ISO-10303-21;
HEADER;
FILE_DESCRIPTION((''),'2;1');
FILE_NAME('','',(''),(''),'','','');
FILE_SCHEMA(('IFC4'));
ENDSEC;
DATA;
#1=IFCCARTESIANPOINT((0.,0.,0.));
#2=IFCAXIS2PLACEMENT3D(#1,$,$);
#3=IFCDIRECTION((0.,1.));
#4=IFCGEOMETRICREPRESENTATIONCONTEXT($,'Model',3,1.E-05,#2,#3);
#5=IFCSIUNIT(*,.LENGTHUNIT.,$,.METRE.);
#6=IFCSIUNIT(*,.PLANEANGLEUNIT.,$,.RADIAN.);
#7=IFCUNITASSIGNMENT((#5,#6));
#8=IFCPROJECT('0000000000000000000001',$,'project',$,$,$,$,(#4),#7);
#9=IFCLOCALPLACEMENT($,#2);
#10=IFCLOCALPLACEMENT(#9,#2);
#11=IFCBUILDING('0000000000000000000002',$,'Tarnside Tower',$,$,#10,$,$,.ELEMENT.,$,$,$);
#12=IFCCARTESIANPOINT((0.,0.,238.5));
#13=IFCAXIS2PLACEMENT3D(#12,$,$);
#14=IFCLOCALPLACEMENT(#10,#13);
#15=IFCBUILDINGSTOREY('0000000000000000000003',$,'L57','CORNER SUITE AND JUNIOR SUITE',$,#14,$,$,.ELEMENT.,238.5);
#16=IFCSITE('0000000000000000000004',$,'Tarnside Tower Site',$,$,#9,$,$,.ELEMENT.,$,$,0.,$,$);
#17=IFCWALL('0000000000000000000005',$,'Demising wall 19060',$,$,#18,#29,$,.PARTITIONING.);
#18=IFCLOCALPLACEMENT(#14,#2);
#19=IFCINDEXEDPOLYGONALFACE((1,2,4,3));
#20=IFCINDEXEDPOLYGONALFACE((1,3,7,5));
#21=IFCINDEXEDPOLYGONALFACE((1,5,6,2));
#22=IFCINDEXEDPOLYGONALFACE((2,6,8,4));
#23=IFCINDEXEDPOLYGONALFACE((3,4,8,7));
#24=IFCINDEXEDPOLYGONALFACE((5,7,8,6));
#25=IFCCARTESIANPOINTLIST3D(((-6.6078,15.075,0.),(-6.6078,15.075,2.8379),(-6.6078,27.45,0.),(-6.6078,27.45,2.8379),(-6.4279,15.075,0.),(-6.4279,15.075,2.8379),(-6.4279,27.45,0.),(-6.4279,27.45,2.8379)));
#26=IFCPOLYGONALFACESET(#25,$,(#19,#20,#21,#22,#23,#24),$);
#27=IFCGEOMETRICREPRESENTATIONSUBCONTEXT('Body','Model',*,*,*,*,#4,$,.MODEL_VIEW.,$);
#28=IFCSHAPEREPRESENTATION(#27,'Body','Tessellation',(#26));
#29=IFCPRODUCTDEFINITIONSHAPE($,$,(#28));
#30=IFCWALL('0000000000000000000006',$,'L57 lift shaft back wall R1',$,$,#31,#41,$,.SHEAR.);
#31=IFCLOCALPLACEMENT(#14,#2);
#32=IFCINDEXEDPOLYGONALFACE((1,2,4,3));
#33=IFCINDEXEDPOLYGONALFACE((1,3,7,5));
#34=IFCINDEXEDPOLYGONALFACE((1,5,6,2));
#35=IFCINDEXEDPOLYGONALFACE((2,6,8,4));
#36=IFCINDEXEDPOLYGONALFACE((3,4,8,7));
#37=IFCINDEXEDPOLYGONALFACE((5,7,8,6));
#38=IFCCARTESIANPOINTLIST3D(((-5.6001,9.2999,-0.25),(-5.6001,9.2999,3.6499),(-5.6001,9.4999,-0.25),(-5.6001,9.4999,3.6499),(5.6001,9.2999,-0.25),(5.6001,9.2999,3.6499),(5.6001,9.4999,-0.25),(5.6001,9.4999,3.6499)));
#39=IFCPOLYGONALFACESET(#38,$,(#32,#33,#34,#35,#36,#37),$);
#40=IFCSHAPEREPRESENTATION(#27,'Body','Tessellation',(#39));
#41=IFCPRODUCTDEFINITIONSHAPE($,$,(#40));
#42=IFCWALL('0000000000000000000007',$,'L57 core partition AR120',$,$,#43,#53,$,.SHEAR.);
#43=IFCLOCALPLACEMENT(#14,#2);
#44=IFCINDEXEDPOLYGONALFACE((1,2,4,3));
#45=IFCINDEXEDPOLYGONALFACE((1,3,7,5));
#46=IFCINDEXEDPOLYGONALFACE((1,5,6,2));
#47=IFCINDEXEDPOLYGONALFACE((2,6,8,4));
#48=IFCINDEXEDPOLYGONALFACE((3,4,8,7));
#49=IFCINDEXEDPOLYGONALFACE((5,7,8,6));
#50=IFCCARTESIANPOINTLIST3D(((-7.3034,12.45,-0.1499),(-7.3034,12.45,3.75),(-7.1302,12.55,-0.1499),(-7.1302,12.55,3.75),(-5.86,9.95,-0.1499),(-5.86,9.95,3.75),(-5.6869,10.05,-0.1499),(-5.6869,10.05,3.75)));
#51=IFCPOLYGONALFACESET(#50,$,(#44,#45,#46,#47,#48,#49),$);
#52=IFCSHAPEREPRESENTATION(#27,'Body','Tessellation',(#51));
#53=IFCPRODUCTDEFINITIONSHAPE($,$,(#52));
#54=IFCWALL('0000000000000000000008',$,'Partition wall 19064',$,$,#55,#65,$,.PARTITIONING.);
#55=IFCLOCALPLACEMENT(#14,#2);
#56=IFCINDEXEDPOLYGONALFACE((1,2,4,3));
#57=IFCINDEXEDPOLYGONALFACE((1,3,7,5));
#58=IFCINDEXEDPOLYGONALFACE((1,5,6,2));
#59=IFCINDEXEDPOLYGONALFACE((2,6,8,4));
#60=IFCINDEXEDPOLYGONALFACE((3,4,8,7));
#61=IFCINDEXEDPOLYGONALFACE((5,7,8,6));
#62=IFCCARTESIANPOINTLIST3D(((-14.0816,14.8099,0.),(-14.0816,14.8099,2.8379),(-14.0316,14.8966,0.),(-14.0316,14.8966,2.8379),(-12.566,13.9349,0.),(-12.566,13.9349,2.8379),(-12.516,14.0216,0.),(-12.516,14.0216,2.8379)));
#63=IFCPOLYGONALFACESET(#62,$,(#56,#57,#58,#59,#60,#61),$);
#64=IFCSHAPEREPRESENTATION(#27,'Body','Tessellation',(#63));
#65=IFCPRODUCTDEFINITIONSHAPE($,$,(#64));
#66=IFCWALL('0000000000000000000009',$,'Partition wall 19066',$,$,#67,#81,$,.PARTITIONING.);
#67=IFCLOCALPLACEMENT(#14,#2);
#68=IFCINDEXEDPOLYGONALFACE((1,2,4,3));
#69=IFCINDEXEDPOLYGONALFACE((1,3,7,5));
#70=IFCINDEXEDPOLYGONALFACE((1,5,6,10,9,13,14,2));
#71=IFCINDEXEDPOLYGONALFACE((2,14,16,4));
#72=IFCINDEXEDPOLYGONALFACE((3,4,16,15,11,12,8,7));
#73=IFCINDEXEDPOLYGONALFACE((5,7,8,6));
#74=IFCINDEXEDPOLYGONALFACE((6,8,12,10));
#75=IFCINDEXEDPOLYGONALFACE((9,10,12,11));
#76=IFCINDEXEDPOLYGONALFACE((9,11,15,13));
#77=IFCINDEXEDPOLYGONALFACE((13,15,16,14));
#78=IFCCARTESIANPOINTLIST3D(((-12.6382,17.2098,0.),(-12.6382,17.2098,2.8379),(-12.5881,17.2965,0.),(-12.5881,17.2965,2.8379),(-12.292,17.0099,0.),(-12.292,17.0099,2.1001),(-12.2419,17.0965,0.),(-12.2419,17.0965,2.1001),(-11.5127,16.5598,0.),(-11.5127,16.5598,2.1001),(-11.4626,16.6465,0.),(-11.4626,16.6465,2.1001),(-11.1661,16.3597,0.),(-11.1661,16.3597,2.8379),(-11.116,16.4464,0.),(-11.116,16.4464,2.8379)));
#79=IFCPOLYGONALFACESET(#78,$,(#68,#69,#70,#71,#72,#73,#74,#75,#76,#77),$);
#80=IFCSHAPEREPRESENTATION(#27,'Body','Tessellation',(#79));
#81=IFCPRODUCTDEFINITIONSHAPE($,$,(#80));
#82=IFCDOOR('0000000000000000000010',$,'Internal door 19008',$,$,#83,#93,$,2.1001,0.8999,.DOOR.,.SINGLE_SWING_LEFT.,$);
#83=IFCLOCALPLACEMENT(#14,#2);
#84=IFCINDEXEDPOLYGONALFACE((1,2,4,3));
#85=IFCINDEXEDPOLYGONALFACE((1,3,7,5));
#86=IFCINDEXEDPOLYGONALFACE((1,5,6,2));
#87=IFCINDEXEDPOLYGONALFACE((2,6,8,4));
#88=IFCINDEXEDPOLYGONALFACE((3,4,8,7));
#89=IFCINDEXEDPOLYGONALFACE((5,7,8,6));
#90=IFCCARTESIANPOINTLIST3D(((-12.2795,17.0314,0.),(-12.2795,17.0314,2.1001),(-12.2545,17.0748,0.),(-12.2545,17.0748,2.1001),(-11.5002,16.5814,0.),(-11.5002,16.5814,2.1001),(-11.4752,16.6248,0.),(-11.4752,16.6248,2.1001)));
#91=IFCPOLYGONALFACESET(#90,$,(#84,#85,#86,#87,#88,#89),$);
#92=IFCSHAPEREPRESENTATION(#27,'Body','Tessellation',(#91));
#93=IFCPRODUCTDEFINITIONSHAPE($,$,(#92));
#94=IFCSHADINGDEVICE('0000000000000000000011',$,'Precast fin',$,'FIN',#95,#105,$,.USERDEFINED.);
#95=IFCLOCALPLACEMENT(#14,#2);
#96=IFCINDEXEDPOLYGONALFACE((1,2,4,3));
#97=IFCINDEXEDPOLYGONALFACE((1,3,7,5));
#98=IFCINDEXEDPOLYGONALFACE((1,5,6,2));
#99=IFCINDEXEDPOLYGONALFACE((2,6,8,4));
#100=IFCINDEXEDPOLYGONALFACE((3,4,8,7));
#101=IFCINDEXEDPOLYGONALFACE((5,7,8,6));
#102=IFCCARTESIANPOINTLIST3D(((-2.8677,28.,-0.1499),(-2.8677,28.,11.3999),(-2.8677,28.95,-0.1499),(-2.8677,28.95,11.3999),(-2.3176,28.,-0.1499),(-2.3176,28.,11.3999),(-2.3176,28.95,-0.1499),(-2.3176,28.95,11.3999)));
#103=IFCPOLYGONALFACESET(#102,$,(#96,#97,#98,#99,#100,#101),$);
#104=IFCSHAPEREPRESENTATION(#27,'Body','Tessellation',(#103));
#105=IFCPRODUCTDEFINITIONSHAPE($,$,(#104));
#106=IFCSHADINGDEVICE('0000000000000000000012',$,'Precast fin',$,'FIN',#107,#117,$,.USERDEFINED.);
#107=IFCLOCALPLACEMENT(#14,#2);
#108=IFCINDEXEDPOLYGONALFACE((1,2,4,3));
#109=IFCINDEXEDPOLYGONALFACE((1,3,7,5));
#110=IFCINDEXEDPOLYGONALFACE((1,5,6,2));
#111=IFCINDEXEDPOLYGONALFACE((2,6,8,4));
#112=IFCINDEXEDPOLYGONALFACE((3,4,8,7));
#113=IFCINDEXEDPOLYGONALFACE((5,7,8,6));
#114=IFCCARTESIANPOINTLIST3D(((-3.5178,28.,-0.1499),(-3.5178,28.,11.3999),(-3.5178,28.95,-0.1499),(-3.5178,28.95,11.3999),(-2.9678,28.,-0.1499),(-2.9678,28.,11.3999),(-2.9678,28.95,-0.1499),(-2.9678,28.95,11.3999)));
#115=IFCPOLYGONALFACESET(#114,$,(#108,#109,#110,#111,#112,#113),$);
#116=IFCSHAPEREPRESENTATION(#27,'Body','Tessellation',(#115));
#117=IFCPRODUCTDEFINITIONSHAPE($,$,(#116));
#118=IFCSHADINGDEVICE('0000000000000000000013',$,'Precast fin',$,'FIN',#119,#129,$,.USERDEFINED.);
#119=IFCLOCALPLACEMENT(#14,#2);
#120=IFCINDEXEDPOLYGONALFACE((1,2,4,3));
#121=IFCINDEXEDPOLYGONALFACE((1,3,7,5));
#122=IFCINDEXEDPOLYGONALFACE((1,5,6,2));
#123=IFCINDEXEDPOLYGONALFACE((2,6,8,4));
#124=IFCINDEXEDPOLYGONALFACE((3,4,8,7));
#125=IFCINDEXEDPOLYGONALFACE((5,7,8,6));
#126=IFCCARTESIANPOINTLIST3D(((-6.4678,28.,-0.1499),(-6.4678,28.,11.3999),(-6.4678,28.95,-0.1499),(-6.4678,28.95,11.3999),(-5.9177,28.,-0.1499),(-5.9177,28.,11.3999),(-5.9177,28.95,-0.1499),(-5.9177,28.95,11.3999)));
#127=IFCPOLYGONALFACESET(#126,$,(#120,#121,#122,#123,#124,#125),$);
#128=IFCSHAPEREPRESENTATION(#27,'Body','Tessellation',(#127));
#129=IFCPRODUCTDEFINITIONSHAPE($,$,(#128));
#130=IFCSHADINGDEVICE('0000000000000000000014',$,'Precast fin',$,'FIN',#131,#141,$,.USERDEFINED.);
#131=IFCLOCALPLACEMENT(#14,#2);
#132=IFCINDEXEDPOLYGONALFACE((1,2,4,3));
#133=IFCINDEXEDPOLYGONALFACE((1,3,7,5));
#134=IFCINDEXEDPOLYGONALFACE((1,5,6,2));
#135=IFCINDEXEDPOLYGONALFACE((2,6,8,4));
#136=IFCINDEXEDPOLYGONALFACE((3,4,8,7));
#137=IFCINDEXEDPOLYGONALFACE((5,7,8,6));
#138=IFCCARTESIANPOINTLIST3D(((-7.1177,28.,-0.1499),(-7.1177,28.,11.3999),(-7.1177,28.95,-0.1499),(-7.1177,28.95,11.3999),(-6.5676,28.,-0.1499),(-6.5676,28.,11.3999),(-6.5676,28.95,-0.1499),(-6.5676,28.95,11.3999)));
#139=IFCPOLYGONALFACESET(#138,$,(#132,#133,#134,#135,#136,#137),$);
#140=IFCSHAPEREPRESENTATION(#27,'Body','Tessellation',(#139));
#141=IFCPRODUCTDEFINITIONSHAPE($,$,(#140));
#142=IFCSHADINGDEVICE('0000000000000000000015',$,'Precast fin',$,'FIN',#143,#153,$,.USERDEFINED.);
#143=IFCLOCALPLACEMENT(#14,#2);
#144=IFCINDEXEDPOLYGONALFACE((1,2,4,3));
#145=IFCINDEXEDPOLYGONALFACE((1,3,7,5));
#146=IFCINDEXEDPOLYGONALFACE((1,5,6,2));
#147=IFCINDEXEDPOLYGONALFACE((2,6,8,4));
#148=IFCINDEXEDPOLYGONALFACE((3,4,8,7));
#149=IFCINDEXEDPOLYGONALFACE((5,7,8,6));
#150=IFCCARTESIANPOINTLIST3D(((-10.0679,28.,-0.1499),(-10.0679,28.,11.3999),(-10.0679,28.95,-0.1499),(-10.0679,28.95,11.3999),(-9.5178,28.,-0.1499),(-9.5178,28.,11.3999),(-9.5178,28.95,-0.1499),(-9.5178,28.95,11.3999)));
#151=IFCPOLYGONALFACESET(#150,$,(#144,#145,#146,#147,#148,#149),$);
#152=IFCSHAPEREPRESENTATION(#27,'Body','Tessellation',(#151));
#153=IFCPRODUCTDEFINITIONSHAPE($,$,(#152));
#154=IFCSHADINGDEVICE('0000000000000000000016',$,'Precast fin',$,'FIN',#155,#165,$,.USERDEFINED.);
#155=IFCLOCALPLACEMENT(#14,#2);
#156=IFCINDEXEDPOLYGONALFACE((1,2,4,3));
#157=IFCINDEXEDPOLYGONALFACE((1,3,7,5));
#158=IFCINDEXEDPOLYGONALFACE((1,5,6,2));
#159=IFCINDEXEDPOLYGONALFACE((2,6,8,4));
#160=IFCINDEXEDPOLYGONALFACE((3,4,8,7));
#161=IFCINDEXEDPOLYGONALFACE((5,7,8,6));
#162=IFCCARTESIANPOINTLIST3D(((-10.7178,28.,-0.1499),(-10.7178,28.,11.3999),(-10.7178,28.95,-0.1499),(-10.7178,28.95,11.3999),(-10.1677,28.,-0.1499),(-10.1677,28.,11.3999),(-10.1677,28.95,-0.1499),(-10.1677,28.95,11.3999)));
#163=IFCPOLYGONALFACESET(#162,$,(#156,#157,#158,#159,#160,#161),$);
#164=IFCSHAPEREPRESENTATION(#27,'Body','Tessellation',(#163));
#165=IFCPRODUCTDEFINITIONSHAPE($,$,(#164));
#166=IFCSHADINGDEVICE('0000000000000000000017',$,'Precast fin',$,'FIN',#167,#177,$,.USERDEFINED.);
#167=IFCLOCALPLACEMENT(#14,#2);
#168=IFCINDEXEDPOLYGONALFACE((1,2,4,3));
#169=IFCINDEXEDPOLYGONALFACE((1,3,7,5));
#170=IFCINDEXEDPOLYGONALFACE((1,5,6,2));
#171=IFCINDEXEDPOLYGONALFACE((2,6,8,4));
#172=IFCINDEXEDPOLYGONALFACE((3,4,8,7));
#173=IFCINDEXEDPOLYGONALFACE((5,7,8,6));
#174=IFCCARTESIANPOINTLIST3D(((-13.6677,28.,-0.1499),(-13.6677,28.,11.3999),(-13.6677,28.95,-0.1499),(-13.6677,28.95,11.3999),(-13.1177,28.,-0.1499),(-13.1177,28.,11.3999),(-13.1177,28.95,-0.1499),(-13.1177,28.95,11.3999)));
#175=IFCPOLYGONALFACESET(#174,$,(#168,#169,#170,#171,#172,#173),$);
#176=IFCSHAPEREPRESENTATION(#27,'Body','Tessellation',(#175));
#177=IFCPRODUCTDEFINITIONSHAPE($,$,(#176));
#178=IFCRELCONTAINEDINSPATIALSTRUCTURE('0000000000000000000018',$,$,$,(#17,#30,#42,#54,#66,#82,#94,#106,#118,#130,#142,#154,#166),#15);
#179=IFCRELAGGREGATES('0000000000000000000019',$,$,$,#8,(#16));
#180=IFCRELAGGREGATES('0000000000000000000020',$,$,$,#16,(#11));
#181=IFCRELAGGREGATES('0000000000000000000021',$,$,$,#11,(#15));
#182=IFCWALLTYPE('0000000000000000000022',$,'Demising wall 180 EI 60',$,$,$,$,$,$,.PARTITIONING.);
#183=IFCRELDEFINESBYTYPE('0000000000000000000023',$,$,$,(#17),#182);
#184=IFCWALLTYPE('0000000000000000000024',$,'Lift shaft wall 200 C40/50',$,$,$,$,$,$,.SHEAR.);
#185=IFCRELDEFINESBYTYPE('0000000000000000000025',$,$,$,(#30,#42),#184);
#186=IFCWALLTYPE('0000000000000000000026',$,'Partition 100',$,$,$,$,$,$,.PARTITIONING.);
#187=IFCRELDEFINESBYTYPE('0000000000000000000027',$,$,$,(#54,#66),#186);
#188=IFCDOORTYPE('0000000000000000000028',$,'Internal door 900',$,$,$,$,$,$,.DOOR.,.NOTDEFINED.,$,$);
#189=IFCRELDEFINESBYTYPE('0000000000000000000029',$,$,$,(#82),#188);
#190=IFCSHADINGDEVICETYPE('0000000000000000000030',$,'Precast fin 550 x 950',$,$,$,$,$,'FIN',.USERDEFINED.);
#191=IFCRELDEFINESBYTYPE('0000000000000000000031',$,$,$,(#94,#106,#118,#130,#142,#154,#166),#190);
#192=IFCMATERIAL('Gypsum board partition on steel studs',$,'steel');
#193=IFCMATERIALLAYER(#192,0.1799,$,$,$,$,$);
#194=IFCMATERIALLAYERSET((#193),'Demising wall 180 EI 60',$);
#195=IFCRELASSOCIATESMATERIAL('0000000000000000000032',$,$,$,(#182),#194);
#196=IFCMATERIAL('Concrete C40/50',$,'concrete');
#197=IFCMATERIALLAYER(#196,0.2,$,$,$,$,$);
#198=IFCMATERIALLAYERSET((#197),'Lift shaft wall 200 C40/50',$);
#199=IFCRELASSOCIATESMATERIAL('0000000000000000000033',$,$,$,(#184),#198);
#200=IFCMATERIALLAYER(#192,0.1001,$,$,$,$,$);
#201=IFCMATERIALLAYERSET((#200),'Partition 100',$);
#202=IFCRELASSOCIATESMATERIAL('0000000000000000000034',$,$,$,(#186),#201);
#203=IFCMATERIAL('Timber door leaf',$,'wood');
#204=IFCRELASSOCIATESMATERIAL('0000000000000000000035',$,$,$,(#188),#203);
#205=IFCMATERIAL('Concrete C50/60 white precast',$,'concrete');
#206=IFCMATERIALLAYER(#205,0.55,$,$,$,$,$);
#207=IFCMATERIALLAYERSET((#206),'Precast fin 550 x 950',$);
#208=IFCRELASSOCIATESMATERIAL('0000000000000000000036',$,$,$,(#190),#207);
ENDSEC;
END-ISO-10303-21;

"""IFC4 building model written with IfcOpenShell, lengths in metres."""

from ifc_helpers import new_model, si_unit, direction, frame, frame_2d, origin, place, context, subcontext, project, spatial, polyline, rectangle, outline, extrude, material, layer, layer_set, type_object, element, fill, save


model = new_model("IFC4")

# Units and contexts
model_context = context("Model", 3, precision=1e-05, world=origin(), true_north=direction((0.0, 1.0)))
body_context = subcontext(model_context, "Body", "Model", "MODEL_VIEW")
ifc_project = project(units=[si_unit("LENGTHUNIT", "METRE"), si_unit("PLANEANGLEUNIT", "RADIAN")], contexts=[model_context])

# Site, building, storey
site_placement = place(None, origin())
site = spatial("IfcSite", under=ifc_project, at=site_placement, Name="Tarnside Tower Site", CompositionType="ELEMENT", RefElevation=0.0)
building_placement = place(site_placement, origin())
building = spatial("IfcBuilding", under=site, at=building_placement, Name="Tarnside Tower", CompositionType="ELEMENT")
storey_placement = place(building_placement, frame((0.0, 0.0, 238.5)))
storey = spatial("IfcBuildingStorey", under=building, at=storey_placement, Name="L57", Description="CORNER SUITE AND JUNIOR SUITE", CompositionType="ELEMENT", Elevation=238.5)

# Shared definitions
ifc_material_1 = material(Name="Gypsum board partition on steel studs", Category="steel")

# Shared definitions
ifc_material_2 = material(Name="Timber door leaf", Category="wood")

# Walls
ifc_layer_1 = layer(ifc_material_1, 0.1799)
ifc_layer_set_1 = layer_set([ifc_layer_1], Name="Demising wall 180 EI 60")
wall_type_1 = type_object("IfcWallType", Name="Demising wall 180 EI 60", PredefinedType="PARTITIONING", material=ifc_layer_set_1)
wall_1_placement = place(storey_placement, frame((-6.5178, 27.45, 0.0), z_axis=(0.0, 0.0, 1.0), x_axis=(0.0, -1.0, 0.0)))
element("IfcWall", 1, at=wall_1_placement, inside=storey, type_object=wall_type_1, Name="Demising wall 19060", PredefinedType="PARTITIONING", context=body_context, shape_type="SweptSolid", body=[
    extrude(rectangle(XDim=12.375, YDim=0.1799, at=frame_2d((6.1875, 0.0))), origin(), (0.0, 0.0, 1.0), 2.8379),
])
ifc_material_3 = material(Name="Concrete C40/50", Category="concrete")
ifc_layer_2 = layer(ifc_material_3, 0.2)
ifc_layer_set_2 = layer_set([ifc_layer_2], Name="Lift shaft wall 200 C40/50")
wall_type_2 = type_object("IfcWallType", Name="Lift shaft wall 200 C40/50", PredefinedType="SHEAR", material=ifc_layer_set_2)
wall_2_placement = place(storey_placement, frame((-5.6001, 9.3999, -0.25), z_axis=(0.0, 0.0, 1.0), x_axis=(1.0, 0.0, 0.0)))
element("IfcWall", 2, at=wall_2_placement, inside=storey, type_object=wall_type_2, Name="L57 lift shaft back wall R1", PredefinedType="SHEAR", context=body_context, shape_type="SweptSolid", body=[
    extrude(rectangle(XDim=11.2002, YDim=0.2, at=frame_2d((5.6001, 0.0))), origin(), (0.0, 0.0, 1.0), 3.8999),
])
wall_3_placement = place(storey_placement, frame((-5.7734, 10.0, -0.1499), z_axis=(0.0, 0.0, 1.0), x_axis=(-0.499996, 0.866028, 0.0)))
element("IfcWall", 3, at=wall_3_placement, inside=storey, type_object=wall_type_2, Name="L57 core partition AR120", PredefinedType="SHEAR", context=body_context, shape_type="SweptSolid", body=[
    extrude(rectangle(XDim=2.8867, YDim=0.2, at=frame_2d((1.4434, 0.0))), origin(), (0.0, 0.0, 1.0), 3.8999),
])
ifc_layer_3 = layer(ifc_material_1, 0.1001)
ifc_layer_set_3 = layer_set([ifc_layer_3], Name="Partition 100")
wall_type_3 = type_object("IfcWallType", Name="Partition 100", PredefinedType="PARTITIONING", material=ifc_layer_set_3)
wall_4_placement = place(storey_placement, frame((-12.541, 13.9783, 0.0), z_axis=(0.0, 0.0, 1.0), x_axis=(-0.866037, 0.49998, 0.0)))
element("IfcWall", 4, at=wall_4_placement, inside=storey, type_object=wall_type_3, Name="Partition wall 19064", PredefinedType="PARTITIONING", context=body_context, shape_type="SweptSolid", body=[
    extrude(rectangle(XDim=1.75, YDim=0.1001, at=frame_2d((0.875, 0.0))), origin(), (0.0, 0.0, 1.0), 2.8379),
])

# Wall, opening, door
wall_5_placement = place(storey_placement, frame((-12.6133, 17.2532, 0.0), z_axis=(0.0, 0.0, 1.0), x_axis=(0.865989, -0.500062, 0.0)))
wall_5 = element("IfcWall", 5, at=wall_5_placement, inside=storey, type_object=wall_type_3, Name="Partition wall 19066", PredefinedType="PARTITIONING", context=body_context, shape_type="SweptSolid", body=[
    extrude(rectangle(XDim=1.7, YDim=0.1001, at=frame_2d((0.8501, 0.0))), origin(), (0.0, 0.0, 1.0), 2.8379),
])
opening_1_placement = place(wall_5_placement, frame((0.3999, 0.0, 0.0)))
opening_1 = element("IfcOpeningElement", 6, at=opening_1_placement, cuts=wall_5, PredefinedType="OPENING", context=body_context, shape_type="SweptSolid", body=[
    extrude(rectangle(XDim=0.8999, YDim=2.1001, at=frame_2d((0.45, 1.05))), frame((0.0, 0.0601, 0.0), z_axis=(0.0, -1.0, 0.0), x_axis=(1.0, 0.0, 0.0)), (0.0, 0.0, 1.0), 0.1201),
])
door_type_1 = type_object("IfcDoorType", Name="Internal door 900", OperationType="NOTDEFINED", PredefinedType="DOOR", material=ifc_material_2)
door_1_placement = place(opening_1_placement, origin())
door_1 = element("IfcDoor", 7, at=door_1_placement, inside=storey, type_object=door_type_1, Name="Internal door 19008", OperationType="SINGLE_SWING_LEFT", OverallHeight=2.1001, OverallWidth=0.8999, PredefinedType="DOOR", context=body_context, shape_type="SweptSolid", body=[
    extrude(rectangle(XDim=0.8999, YDim=2.1001, at=frame_2d((0.45, 1.05))), frame((0.0, 0.0249, 0.0), z_axis=(0.0, -1.0, 0.0), x_axis=(1.0, 0.0, 0.0)), (0.0, 0.0, 1.0), 0.05),
])
fill(opening_1, door_1)

# Shading devices
ifc_material_4 = material(Name="Concrete C50/60 white precast", Category="concrete")
ifc_layer_4 = layer(ifc_material_4, 0.55)
ifc_layer_set_4 = layer_set([ifc_layer_4], Name="Precast fin 550 x 950")
shading_device_type = type_object("IfcShadingDeviceType", Name="Precast fin 550 x 950", ElementType="FIN", PredefinedType="USERDEFINED", material=ifc_layer_set_4)
for number, where, z_axis, x_axis, name in (
    (8, (-2.5928, 28.0, -0.1499), (1.0, 0.0, 0.0), (0.0, 1.0, 0.0), "Precast fin"),
    (9, (-3.2429, 28.0, -0.1499), (1.0, 0.0, 0.0), (0.0, 1.0, 0.0), "Precast fin"),
    (10, (-6.1929, 28.0, -0.1499), (1.0, 0.0, 0.0), (0.0, 1.0, 0.0), "Precast fin"),
    (11, (-6.8428, 28.0, -0.1499), (1.0, 0.0, 0.0), (0.0, 1.0, 0.0), "Precast fin"),
    (12, (-9.793, 28.0, -0.1499), (1.0, 0.0, 0.0), (0.0, 1.0, 0.0), "Precast fin"),
    (13, (-10.4429, 28.0, -0.1499), (1.0, 0.0, 0.0), (0.0, 1.0, 0.0), "Precast fin"),
    (14, (-13.3928, 28.0, -0.1499), (1.0, 0.0, 0.0), (0.0, 1.0, 0.0), "Precast fin"),
):
    element("IfcShadingDevice", number, at=place(storey_placement, frame(where, z_axis=z_axis, x_axis=x_axis)), inside=storey, type_object=shading_device_type, Name=name, ObjectType="FIN", PredefinedType="USERDEFINED", context=body_context, shape_type="SweptSolid", body=[
        extrude(outline(polyline([(0.0, 0.0), (0.95, 0.0), (0.95, 11.5498), (0.0, 11.5498), (0.0, 0.0)])), frame((0.0, 0.0, -0.2749)), (0.0, 0.0, 1.0), 0.55),
    ])

save(model, "model.ifc")
